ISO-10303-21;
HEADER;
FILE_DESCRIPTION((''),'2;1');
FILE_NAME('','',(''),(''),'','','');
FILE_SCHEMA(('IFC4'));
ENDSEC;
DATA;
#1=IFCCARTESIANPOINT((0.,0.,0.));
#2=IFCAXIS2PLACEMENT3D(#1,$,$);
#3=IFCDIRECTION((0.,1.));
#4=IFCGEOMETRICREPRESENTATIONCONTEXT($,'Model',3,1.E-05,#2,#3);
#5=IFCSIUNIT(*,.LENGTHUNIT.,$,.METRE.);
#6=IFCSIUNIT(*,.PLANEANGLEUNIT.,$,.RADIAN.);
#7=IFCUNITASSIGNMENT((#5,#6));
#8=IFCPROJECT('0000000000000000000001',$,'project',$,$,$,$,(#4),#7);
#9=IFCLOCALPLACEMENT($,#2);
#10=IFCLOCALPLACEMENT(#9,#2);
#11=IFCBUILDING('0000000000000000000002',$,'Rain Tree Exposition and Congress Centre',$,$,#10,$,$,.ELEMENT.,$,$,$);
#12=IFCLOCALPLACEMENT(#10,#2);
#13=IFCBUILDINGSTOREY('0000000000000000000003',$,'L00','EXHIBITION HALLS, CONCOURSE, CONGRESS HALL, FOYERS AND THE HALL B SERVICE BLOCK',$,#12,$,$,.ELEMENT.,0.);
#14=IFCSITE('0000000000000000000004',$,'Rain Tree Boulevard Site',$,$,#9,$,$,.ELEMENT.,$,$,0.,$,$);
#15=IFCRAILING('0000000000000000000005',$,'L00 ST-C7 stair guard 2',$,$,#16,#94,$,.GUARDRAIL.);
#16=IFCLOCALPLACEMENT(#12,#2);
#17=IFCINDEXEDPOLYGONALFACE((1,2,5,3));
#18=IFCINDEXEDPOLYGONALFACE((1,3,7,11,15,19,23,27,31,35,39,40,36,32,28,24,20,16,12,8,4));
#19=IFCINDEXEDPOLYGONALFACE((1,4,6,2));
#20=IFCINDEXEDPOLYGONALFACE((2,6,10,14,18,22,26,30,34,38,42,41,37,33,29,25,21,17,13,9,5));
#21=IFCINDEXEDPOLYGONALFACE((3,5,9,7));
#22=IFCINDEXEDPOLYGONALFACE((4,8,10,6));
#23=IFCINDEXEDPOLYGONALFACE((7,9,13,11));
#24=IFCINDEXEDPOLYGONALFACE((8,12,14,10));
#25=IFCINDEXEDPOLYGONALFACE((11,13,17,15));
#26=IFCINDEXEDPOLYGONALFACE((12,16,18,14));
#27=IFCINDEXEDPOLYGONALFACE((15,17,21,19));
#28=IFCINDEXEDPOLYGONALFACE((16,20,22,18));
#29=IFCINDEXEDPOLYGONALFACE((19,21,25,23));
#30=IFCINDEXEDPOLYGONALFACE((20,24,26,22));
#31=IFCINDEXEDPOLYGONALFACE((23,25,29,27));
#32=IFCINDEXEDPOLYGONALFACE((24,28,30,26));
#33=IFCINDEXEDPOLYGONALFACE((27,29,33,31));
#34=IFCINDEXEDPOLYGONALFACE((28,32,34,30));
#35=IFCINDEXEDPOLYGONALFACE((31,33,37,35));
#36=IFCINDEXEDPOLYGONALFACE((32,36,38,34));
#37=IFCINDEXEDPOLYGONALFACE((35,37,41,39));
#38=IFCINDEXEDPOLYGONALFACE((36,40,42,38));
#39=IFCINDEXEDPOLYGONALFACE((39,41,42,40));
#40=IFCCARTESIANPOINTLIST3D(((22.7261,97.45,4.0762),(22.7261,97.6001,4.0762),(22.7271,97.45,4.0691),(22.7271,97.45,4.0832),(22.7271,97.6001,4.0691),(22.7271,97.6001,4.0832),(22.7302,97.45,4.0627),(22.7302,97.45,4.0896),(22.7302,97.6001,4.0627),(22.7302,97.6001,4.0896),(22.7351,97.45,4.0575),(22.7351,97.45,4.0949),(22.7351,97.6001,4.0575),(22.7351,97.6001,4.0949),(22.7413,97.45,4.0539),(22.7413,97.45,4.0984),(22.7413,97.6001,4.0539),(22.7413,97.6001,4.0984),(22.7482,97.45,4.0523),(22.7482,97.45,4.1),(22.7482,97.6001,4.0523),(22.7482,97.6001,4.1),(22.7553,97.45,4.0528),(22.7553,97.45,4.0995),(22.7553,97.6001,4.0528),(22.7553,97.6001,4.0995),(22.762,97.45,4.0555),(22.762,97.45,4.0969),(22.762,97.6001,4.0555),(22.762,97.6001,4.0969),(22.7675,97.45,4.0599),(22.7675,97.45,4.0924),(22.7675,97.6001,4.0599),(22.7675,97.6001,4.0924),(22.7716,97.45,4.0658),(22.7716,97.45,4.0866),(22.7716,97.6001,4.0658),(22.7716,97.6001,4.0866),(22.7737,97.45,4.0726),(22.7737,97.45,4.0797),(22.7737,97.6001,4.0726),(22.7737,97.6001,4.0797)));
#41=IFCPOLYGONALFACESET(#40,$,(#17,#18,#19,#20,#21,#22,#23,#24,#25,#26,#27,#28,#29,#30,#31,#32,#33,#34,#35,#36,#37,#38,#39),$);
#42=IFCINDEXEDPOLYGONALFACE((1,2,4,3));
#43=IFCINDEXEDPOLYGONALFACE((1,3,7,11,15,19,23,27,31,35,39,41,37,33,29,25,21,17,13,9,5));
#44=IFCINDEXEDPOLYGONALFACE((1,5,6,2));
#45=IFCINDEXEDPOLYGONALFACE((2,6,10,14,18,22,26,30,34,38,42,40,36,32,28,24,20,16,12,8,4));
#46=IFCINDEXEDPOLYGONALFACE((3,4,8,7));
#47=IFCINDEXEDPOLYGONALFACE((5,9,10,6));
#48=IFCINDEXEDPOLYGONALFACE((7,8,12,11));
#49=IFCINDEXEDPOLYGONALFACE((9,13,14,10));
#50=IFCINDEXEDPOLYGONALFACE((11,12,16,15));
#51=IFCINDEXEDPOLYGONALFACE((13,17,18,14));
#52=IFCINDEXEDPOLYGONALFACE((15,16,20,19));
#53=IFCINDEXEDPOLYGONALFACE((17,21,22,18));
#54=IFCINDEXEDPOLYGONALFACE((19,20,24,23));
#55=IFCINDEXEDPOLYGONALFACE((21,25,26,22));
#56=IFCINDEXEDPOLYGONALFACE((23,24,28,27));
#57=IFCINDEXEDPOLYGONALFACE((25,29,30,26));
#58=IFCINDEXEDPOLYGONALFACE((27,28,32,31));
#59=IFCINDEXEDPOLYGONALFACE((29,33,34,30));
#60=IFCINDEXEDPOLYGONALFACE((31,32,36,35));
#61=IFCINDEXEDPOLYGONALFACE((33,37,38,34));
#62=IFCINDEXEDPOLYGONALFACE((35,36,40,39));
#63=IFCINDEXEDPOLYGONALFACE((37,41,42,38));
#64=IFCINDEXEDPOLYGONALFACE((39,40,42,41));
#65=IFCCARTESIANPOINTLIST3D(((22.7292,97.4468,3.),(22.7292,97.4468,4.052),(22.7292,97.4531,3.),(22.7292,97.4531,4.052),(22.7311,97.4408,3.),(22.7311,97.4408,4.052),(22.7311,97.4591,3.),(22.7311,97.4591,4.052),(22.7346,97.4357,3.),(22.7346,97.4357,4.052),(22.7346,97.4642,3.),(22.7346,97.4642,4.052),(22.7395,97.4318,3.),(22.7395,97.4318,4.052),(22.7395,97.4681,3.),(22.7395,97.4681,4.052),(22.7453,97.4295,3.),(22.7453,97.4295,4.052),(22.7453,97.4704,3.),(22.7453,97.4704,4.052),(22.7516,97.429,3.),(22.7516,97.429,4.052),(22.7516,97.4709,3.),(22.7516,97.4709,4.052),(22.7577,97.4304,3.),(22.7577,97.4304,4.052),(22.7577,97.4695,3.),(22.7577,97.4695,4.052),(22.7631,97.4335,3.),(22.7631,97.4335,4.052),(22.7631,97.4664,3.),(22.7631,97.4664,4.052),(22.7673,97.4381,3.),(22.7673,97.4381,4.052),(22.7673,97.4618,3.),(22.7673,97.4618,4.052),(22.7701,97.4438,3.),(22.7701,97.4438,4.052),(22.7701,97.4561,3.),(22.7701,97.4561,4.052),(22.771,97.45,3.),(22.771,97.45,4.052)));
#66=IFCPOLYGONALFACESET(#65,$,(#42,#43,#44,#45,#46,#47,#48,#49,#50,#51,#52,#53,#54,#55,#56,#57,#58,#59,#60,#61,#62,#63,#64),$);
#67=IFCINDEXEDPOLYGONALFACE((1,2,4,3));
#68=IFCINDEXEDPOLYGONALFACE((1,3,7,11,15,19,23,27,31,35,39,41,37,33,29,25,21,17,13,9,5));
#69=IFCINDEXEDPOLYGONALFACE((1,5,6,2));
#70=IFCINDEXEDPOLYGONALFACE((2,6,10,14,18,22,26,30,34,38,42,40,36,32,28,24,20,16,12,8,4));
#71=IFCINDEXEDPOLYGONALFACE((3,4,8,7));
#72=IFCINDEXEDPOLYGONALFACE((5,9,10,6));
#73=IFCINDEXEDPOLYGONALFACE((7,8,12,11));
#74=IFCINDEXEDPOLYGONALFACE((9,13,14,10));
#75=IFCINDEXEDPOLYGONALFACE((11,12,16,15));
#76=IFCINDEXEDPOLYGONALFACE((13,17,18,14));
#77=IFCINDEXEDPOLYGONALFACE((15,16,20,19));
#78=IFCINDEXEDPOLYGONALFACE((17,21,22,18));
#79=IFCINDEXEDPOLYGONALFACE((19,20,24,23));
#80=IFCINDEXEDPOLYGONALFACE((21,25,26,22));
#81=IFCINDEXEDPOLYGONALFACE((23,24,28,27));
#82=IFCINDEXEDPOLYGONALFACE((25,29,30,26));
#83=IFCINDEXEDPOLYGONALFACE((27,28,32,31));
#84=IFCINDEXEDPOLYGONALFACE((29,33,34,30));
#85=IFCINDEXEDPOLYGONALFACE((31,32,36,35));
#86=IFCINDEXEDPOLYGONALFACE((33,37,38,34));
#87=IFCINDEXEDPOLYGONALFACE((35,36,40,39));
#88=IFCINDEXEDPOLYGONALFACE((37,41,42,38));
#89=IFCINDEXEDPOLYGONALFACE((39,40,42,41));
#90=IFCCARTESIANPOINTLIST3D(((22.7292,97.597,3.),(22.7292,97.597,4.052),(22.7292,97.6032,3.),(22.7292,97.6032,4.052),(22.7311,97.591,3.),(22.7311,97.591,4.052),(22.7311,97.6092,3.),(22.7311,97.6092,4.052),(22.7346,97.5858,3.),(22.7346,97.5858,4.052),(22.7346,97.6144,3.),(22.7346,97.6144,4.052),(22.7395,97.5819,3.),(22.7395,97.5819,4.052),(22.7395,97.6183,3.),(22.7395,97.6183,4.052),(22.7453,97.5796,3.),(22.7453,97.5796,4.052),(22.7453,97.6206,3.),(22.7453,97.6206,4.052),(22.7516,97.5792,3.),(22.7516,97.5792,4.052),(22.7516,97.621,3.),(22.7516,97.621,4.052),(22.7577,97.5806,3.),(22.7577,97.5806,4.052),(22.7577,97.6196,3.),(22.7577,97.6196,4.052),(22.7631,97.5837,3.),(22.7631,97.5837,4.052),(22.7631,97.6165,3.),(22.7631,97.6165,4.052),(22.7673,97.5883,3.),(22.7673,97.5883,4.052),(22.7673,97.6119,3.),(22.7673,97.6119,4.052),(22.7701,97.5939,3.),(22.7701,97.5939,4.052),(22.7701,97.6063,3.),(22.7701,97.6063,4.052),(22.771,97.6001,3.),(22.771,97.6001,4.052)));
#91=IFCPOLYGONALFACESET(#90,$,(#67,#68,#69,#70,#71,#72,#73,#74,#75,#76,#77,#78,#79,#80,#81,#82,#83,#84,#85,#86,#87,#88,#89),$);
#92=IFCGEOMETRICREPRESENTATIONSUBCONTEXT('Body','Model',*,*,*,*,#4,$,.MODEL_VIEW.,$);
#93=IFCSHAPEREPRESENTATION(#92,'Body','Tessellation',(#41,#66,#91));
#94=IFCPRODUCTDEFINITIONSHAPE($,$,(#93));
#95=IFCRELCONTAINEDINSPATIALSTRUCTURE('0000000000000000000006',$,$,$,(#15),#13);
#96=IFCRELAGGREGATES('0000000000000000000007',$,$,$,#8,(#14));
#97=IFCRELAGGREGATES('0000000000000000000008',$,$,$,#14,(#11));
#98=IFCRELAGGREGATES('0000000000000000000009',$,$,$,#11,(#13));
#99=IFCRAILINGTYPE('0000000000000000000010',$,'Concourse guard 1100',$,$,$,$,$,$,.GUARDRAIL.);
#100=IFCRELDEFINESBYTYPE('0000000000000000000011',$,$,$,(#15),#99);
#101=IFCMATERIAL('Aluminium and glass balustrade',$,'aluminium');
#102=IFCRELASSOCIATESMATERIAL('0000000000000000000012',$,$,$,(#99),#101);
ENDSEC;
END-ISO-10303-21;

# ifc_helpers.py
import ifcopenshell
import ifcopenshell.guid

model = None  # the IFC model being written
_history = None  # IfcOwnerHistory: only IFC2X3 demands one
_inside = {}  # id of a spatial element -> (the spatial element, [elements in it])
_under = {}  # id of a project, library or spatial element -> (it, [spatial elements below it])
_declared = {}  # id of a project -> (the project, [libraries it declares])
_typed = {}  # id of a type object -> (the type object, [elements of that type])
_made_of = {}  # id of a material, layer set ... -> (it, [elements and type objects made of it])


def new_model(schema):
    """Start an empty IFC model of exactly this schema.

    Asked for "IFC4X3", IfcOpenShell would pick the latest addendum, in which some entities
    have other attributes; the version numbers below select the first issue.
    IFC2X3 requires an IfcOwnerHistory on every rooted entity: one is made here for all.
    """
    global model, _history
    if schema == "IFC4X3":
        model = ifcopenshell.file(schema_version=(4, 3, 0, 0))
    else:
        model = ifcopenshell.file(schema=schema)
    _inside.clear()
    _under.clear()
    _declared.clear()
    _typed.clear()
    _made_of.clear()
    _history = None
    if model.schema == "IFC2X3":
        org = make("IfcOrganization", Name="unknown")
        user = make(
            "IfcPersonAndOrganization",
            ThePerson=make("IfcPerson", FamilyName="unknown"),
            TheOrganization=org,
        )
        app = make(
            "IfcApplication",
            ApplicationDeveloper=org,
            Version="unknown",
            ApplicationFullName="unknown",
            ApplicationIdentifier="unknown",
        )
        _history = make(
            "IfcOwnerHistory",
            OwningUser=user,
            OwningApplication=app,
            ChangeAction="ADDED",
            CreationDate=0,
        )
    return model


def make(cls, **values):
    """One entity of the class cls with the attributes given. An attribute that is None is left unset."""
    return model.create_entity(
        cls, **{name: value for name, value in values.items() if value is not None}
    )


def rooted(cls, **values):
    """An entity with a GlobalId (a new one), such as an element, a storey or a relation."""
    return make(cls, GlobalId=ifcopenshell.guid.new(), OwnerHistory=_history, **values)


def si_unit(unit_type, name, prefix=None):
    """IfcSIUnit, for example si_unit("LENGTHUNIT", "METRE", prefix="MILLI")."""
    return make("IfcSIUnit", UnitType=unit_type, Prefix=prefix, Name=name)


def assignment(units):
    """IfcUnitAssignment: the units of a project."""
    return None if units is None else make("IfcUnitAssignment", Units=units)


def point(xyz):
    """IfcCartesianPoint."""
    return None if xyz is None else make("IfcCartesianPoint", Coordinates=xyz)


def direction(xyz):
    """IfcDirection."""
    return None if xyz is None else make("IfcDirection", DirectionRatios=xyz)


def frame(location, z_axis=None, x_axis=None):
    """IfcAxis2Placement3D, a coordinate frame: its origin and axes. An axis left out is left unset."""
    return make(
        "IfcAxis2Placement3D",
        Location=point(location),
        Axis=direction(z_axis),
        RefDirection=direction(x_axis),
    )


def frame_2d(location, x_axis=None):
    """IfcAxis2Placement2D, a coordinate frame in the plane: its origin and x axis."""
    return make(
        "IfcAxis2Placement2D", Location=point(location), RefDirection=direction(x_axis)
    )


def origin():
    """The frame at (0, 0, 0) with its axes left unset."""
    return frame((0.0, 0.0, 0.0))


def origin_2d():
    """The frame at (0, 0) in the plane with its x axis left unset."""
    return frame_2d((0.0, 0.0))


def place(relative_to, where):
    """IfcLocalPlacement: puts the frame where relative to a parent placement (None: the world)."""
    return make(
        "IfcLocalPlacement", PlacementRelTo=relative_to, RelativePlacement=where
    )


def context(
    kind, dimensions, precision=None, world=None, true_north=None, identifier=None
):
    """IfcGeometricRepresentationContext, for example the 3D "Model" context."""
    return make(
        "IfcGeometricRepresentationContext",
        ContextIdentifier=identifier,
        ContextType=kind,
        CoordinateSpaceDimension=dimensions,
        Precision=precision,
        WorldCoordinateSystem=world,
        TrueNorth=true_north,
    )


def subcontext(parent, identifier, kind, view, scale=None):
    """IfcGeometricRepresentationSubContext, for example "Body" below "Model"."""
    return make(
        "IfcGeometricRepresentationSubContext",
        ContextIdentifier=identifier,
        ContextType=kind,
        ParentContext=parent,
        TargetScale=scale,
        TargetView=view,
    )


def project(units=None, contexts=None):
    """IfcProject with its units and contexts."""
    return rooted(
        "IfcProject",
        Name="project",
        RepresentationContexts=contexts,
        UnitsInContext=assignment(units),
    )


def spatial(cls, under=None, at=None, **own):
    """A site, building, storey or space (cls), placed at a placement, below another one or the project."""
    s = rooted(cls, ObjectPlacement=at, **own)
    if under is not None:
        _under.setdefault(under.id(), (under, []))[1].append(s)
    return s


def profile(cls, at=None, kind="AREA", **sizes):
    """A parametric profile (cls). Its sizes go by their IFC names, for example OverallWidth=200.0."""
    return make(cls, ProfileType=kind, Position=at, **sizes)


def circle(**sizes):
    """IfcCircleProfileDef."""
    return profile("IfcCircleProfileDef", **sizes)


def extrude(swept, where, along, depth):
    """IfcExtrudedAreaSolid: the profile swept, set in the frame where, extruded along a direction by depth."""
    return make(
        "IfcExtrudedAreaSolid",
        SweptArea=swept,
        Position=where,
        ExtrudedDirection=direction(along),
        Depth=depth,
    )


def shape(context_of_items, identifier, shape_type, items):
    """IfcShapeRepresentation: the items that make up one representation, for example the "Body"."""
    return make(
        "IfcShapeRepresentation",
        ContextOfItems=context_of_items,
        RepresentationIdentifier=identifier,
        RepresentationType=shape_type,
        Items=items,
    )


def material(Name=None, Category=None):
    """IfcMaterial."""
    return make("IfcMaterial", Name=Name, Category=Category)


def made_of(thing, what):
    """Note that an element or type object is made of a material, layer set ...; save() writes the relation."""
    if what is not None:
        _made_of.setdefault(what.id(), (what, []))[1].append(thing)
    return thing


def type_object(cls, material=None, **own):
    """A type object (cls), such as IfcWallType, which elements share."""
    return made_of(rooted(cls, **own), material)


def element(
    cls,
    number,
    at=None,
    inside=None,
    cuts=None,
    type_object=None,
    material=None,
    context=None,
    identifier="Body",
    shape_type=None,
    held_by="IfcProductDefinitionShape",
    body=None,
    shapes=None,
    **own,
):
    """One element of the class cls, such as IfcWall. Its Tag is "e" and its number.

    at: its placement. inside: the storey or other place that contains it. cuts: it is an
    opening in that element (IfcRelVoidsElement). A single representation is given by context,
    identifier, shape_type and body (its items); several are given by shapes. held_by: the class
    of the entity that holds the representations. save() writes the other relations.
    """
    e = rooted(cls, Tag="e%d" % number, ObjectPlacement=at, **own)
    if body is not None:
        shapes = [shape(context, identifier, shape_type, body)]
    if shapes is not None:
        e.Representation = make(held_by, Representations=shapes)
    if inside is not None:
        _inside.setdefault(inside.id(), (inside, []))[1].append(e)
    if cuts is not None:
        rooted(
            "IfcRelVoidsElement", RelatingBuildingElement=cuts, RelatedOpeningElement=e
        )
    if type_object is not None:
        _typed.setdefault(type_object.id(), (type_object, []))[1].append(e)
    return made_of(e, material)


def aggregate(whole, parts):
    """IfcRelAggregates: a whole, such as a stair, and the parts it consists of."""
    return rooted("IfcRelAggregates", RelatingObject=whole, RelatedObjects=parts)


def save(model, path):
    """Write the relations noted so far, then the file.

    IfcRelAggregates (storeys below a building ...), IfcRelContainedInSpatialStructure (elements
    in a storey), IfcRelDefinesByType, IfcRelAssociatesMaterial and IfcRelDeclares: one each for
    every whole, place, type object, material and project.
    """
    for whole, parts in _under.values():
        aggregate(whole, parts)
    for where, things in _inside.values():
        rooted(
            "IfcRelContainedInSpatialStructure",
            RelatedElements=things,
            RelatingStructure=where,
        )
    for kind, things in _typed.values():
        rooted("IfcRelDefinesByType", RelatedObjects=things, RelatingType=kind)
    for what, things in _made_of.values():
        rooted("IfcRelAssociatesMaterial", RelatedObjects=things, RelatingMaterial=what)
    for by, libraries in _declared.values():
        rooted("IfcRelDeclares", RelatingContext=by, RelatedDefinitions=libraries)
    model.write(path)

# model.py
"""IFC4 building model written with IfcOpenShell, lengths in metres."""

from ifc_helpers import new_model, si_unit, direction, frame, origin, origin_2d, place, context, subcontext, project, spatial, circle, extrude, material, type_object, element, save


model = new_model("IFC4")

# Units and contexts
model_context = context("Model", 3, precision=1e-05, world=origin(), true_north=direction((0.0, 1.0)))
body_context = subcontext(model_context, "Body", "Model", "MODEL_VIEW")
ifc_project = project(units=[si_unit("LENGTHUNIT", "METRE"), si_unit("PLANEANGLEUNIT", "RADIAN")], contexts=[model_context])

# Site, building, storey
site_placement = place(None, origin())
site = spatial("IfcSite", under=ifc_project, at=site_placement, Name="Rain Tree Boulevard Site", CompositionType="ELEMENT", RefElevation=0.0)
building_placement = place(site_placement, origin())
building = spatial("IfcBuilding", under=site, at=building_placement, Name="Rain Tree Exposition and Congress Centre", CompositionType="ELEMENT")
storey_placement = place(building_placement, origin())
storey = spatial("IfcBuildingStorey", under=building, at=storey_placement, Name="L00", Description="EXHIBITION HALLS, CONCOURSE, CONGRESS HALL, FOYERS AND THE HALL B SERVICE BLOCK", CompositionType="ELEMENT", Elevation=0.0)

# Railing
ifc_material_1 = material(Name="Aluminium and glass balustrade", Category="aluminium")
railing_type_1 = type_object("IfcRailingType", Name="Concourse guard 1100", PredefinedType="GUARDRAIL", material=ifc_material_1)
railing_1_placement = place(storey_placement, frame((22.75, 97.45, 3.0)))
element("IfcRailing", 1, at=railing_1_placement, inside=storey, type_object=railing_type_1, Name="L00 ST-C7 stair guard 2", PredefinedType="GUARDRAIL", context=body_context, shape_type="SweptSolid", body=[
    extrude(circle(Radius=0.0239, at=origin_2d()), frame((0.0, 0.0, 1.0762), z_axis=(0.0, 1.0, 0.0), x_axis=(-1.0, 0.0, 0.0)), (0.0, 0.0, 1.0), 0.1501),
    extrude(circle(Radius=0.021, at=origin_2d()), origin(), (0.0, 0.0, 1.0), 1.052),
    extrude(circle(Radius=0.021, at=origin_2d()), frame((0.0, 0.1501, 0.0)), (0.0, 0.0, 1.0), 1.052),
])

save(model, "model.ifc")
